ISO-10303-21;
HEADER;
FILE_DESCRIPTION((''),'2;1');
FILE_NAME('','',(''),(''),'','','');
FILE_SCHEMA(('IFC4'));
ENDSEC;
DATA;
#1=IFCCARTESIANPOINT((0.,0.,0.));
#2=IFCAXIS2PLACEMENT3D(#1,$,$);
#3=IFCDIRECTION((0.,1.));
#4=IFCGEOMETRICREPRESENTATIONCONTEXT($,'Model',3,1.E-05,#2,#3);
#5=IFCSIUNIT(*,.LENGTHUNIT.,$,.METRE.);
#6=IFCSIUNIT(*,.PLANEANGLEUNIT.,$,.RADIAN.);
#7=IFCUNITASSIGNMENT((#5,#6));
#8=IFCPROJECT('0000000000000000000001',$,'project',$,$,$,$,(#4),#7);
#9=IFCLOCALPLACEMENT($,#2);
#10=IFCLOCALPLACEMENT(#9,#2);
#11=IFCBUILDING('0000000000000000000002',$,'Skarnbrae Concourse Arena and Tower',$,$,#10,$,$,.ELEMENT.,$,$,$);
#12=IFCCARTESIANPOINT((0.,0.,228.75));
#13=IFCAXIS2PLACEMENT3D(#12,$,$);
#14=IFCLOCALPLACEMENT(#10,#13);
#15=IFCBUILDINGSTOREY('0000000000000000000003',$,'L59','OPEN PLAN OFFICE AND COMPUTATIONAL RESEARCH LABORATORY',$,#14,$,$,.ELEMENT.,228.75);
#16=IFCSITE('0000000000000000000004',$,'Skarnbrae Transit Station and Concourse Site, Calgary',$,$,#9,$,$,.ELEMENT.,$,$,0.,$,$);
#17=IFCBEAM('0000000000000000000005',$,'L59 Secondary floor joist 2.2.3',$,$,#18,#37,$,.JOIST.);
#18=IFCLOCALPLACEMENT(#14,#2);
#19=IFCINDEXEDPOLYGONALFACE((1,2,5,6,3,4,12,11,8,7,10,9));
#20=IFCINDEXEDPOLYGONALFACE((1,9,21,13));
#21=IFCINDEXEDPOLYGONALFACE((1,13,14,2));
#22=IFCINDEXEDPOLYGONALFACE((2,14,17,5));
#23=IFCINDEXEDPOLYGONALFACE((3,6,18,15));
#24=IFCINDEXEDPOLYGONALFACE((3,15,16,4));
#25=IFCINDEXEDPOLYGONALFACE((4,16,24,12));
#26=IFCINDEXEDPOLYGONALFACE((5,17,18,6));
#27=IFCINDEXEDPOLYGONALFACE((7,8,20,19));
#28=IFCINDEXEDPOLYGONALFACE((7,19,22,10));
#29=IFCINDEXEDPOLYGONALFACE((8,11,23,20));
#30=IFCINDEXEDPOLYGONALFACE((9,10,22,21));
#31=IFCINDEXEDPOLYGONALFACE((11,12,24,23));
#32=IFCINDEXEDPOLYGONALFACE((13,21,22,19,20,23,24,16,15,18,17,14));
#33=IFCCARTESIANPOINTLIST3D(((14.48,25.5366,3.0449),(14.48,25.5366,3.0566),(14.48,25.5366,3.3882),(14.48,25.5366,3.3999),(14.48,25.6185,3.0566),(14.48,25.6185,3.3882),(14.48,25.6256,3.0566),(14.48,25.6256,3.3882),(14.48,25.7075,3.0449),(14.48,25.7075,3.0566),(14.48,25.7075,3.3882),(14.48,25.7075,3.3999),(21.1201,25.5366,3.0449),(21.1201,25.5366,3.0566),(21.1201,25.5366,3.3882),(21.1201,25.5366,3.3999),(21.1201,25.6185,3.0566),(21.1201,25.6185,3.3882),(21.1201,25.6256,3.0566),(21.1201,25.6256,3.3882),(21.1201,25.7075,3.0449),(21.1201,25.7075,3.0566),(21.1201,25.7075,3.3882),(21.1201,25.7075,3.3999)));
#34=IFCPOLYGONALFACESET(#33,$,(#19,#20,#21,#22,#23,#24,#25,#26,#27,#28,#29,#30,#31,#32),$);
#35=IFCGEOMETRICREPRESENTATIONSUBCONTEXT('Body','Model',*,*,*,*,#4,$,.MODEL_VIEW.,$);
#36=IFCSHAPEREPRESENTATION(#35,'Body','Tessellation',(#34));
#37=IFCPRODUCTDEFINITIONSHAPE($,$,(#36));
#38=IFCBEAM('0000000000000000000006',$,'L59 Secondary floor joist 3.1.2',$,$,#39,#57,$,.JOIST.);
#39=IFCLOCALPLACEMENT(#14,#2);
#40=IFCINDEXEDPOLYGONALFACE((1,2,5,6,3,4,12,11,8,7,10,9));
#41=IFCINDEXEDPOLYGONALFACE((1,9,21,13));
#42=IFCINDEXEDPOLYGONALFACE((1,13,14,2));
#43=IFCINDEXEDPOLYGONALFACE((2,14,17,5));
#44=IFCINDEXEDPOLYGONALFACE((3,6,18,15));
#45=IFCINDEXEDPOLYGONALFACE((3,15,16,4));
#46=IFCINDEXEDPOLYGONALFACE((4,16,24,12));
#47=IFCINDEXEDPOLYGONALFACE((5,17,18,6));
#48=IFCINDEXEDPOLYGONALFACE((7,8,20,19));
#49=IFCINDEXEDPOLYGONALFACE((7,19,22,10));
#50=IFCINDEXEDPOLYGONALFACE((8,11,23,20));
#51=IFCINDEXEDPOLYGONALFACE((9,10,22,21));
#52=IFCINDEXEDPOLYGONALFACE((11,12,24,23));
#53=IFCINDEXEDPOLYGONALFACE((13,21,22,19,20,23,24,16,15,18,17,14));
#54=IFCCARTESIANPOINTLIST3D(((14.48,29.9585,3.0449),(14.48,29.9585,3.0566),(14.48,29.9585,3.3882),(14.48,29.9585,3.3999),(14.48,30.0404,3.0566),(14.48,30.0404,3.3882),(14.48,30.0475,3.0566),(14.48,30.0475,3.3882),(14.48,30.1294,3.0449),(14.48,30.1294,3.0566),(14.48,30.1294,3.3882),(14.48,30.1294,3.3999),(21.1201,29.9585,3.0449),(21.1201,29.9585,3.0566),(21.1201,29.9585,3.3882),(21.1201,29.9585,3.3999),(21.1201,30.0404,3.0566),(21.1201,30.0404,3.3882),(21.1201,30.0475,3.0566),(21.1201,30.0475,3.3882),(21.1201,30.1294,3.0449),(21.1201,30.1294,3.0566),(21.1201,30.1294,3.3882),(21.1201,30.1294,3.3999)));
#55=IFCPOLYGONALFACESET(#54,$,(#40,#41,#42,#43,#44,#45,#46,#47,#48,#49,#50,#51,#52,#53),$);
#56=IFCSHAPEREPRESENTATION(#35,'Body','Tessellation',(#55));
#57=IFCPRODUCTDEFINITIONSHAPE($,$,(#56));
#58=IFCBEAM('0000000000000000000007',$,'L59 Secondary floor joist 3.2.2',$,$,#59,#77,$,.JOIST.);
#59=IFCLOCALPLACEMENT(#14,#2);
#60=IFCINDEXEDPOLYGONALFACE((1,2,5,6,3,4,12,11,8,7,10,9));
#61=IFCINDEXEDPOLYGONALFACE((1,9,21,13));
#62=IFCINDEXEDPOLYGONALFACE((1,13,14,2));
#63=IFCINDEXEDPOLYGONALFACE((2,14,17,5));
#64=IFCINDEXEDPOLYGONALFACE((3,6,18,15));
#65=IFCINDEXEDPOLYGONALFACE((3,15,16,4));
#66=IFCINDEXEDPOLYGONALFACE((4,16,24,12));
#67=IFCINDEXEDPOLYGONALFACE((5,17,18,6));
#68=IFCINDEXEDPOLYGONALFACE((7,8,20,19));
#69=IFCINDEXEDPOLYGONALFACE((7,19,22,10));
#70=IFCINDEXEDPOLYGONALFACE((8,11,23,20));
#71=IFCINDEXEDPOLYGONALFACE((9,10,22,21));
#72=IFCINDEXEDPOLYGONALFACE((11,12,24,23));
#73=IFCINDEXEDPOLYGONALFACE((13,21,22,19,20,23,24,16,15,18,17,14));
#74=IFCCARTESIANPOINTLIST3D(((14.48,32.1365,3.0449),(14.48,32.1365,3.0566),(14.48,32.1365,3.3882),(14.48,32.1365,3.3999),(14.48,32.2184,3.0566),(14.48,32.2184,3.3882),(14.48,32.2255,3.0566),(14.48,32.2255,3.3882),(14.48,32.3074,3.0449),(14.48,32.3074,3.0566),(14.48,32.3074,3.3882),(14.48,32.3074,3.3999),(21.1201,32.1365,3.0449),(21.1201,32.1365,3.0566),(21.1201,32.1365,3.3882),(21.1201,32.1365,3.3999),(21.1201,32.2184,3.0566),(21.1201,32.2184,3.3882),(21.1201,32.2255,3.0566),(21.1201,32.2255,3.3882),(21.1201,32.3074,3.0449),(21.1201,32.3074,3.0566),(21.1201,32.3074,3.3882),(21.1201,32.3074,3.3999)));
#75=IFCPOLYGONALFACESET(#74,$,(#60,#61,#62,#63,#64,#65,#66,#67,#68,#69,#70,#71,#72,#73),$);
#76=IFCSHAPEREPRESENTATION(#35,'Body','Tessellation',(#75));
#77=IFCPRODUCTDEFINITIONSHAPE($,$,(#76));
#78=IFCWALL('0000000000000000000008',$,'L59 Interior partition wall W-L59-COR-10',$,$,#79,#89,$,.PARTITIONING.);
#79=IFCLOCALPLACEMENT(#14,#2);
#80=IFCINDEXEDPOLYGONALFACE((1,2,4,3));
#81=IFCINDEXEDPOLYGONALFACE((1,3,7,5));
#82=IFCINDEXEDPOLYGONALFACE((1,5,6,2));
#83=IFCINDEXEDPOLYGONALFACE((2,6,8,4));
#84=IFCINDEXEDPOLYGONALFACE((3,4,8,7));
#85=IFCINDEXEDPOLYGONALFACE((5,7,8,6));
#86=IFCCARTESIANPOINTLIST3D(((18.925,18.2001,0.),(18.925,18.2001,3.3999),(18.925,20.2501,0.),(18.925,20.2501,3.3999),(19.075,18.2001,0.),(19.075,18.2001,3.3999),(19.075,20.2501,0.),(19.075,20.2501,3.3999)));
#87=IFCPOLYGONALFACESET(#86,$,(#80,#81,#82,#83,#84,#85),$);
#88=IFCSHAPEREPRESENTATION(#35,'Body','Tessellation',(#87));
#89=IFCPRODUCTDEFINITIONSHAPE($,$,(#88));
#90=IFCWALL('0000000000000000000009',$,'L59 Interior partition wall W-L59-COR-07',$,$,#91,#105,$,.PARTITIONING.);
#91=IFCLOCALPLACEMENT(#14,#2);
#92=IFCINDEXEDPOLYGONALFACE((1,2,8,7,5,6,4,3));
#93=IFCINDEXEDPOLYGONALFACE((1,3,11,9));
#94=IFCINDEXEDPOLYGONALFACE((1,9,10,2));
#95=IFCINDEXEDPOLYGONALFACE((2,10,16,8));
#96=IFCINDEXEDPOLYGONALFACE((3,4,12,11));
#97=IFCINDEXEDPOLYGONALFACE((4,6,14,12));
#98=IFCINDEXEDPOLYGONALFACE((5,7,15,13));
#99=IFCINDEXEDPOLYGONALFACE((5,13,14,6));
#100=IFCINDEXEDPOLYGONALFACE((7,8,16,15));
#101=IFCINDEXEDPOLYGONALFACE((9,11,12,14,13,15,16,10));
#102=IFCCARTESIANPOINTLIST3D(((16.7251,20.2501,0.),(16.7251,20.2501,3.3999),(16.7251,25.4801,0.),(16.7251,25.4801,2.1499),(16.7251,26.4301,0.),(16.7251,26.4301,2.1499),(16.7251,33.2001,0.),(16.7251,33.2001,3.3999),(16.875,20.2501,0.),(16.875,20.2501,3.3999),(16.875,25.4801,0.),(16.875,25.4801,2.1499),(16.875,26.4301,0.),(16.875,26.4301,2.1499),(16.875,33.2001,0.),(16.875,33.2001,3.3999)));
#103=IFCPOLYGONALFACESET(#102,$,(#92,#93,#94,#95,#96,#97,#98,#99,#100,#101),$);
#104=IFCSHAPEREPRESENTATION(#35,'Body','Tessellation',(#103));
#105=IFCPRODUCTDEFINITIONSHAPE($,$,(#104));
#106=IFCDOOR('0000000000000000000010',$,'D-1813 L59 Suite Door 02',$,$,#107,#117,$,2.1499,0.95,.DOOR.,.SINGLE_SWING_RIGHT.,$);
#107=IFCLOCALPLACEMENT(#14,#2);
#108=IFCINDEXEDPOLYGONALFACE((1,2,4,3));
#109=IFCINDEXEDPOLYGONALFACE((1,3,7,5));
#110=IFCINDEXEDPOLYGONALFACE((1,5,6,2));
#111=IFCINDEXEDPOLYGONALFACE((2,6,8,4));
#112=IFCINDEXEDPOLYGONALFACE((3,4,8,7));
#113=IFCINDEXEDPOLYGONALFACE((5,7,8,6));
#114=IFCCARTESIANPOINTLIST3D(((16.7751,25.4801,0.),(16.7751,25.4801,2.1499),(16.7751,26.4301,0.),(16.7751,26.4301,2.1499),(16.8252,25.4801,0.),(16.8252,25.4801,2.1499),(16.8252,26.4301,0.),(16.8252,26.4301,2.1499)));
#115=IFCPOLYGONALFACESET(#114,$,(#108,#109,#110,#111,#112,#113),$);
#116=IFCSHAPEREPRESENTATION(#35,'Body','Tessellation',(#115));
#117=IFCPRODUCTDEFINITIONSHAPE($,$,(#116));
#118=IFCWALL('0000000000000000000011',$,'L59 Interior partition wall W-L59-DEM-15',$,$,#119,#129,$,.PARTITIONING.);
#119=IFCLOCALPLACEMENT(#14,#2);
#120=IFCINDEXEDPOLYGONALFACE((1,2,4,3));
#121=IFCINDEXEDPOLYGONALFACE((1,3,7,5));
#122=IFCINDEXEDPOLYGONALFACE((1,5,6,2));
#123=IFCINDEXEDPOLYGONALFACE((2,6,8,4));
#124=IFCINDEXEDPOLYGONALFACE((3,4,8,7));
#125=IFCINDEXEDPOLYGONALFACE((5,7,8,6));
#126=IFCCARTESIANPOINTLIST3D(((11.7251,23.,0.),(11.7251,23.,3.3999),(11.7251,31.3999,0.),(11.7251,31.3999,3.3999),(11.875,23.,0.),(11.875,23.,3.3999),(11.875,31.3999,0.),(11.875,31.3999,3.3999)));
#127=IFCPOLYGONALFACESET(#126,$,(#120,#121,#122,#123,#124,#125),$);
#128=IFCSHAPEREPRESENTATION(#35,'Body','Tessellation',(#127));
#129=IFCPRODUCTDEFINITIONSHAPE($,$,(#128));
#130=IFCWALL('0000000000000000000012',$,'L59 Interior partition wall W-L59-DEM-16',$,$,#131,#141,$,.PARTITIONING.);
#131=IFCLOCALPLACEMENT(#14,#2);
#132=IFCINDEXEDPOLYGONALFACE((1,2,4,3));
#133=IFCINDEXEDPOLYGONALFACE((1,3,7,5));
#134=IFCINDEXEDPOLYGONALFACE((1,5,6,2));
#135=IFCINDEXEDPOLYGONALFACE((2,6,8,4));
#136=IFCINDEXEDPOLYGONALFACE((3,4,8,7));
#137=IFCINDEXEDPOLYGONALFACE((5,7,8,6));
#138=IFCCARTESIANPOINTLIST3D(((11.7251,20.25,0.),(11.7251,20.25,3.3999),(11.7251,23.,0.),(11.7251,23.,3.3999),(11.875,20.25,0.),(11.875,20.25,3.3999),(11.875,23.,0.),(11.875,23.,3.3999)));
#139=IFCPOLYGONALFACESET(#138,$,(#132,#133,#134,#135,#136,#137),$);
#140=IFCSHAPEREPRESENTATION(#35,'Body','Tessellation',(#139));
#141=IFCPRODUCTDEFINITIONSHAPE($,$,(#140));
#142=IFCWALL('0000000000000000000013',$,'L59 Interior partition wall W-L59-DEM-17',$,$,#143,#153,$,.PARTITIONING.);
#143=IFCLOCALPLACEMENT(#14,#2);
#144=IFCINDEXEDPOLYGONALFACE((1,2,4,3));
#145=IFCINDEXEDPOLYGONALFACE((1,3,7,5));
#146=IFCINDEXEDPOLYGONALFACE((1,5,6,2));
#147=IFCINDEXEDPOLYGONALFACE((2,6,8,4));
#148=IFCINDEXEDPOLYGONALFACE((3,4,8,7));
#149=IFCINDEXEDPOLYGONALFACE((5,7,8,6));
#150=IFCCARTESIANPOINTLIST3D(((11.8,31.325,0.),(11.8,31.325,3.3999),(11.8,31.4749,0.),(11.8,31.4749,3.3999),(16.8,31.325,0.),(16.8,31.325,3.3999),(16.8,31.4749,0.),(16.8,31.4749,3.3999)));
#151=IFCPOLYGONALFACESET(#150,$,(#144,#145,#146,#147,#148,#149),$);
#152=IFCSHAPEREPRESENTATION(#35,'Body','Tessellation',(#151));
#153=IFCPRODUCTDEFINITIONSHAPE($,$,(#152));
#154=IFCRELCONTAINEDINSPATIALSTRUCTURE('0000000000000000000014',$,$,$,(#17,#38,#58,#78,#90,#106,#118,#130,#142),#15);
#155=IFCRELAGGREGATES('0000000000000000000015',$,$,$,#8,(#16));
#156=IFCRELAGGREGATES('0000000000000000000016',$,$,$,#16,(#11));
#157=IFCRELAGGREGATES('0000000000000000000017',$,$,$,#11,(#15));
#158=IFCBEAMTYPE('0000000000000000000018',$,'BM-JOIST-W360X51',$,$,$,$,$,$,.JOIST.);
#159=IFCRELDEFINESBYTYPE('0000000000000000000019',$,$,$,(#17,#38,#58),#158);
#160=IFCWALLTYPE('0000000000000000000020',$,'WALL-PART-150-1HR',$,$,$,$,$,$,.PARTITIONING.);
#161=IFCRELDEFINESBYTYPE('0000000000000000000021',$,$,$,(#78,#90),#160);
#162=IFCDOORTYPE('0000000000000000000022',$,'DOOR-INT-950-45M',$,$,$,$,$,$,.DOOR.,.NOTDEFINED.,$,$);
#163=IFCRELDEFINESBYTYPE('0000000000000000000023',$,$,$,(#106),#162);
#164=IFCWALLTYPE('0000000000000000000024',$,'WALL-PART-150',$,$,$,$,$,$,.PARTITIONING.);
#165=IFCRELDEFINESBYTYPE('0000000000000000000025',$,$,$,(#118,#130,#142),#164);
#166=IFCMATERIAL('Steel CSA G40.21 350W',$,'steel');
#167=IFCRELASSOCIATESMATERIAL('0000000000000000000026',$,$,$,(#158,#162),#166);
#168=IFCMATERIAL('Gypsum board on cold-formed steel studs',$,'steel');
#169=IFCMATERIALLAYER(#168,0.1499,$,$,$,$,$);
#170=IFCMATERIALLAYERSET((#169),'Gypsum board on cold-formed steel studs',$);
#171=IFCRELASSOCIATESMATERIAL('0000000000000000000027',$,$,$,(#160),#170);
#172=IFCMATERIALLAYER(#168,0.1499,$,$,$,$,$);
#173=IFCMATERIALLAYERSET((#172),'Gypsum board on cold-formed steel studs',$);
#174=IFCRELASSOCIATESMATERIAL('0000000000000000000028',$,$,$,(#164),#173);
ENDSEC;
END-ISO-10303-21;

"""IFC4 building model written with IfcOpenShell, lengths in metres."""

from ifc_helpers import new_model, si_unit, direction, frame, frame_2d, origin, origin_2d, place, context, subcontext, project, spatial, rectangle, i_section, extrude, source, transform, mapped, material, layer, layer_set, material_profile, profile_set, type_object, element, fill, save


model = new_model("IFC4")

# Units and contexts
model_context = context("Model", 3, precision=1e-05, world=origin(), true_north=direction((0.0, 1.0)))
body_context = subcontext(model_context, "Body", "Model", "MODEL_VIEW")
ifc_project = project(units=[si_unit("LENGTHUNIT", "METRE"), si_unit("PLANEANGLEUNIT", "RADIAN")], contexts=[model_context])

# Site, building, storey
site_placement = place(None, origin())
site = spatial("IfcSite", under=ifc_project, at=site_placement, Name="Skarnbrae Transit Station and Concourse Site, Calgary", CompositionType="ELEMENT", RefElevation=0.0)
building_placement = place(site_placement, origin())
building = spatial("IfcBuilding", under=site, at=building_placement, Name="Skarnbrae Concourse Arena and Tower", CompositionType="ELEMENT")
storey_placement = place(building_placement, frame((0.0, 0.0, 228.75)))
storey = spatial("IfcBuildingStorey", under=building, at=storey_placement, Name="L59", Description="OPEN PLAN OFFICE AND COMPUTATIONAL RESEARCH LABORATORY", CompositionType="ELEMENT", Elevation=228.75)

# Shared definitions
ifc_material_1 = material(Name="Steel CSA G40.21 350W", Category="steel")

# Beams
ifc_material_profile_1 = material_profile(ifc_material_1, i_section(OverallWidth=0.1709, OverallDepth=0.355, WebThickness=0.0071, FlangeThickness=0.0117, at=origin_2d()), Name="W360X51")
ifc_profile_set_1 = profile_set([ifc_material_profile_1], Name="Steel CSA G40.21 350W")
beam_type_1 = type_object("IfcBeamType", Name="BM-JOIST-W360X51", PredefinedType="JOIST", material=ifc_profile_set_1)
shared_shape_1 = source(origin(), body_context, "Body", "SweptSolid", [
    extrude(i_section(OverallWidth=0.1709, OverallDepth=0.355, WebThickness=0.0071, FlangeThickness=0.0117, at=origin_2d()), origin(), (0.0, 0.0, 1.0), 6.6401),
])
for number, where, z_axis, x_axis, name in (
    (1, (14.48, 25.6221, 3.2224), (1.0, 0.0, 0.0), (0.0, 1.0, 0.0), "L59 Secondary floor joist 2.2.3"),
    (2, (14.48, 30.0439, 3.2224), (1.0, 0.0, 0.0), (0.0, 1.0, 0.0), "L59 Secondary floor joist 3.1.2"),
    (3, (14.48, 32.2219, 3.2224), (1.0, 0.0, 0.0), (0.0, 1.0, 0.0), "L59 Secondary floor joist 3.2.2"),
):
    element("IfcBeam", number, at=place(storey_placement, frame(where, z_axis=z_axis, x_axis=x_axis)), inside=storey, type_object=beam_type_1, Name=name, PredefinedType="JOIST", context=body_context, shape_type="MappedRepresentation", body=[
        mapped(shared_shape_1, transform((0.0, 0.0, 0.0))),
    ])

# Wall
ifc_material_2 = material(Name="Gypsum board on cold-formed steel studs", Category="steel")
ifc_layer_1 = layer(ifc_material_2, 0.1499)
ifc_layer_set_1 = layer_set([ifc_layer_1], Name="Gypsum board on cold-formed steel studs")
wall_type_1 = type_object("IfcWallType", Name="WALL-PART-150-1HR", PredefinedType="PARTITIONING", material=ifc_layer_set_1)
shared_shape_2 = source(origin(), body_context, "Body", "SweptSolid", [
    extrude(rectangle(XDim=2.05, YDim=0.1499, at=frame_2d((1.0249, 0.0))), origin(), (0.0, 0.0, 1.0), 3.3999),
])
wall_1_placement = place(storey_placement, frame((19.0, 20.25, 0.0), z_axis=(0.0, 0.0, 1.0), x_axis=(0.0, -1.0, 0.0)))
element("IfcWall", 4, at=wall_1_placement, inside=storey, type_object=wall_type_1, Name="L59 Interior partition wall W-L59-COR-10", PredefinedType="PARTITIONING", context=body_context, shape_type="MappedRepresentation", body=[
    mapped(shared_shape_2, transform((0.0, 0.0, 0.0))),
])

# Wall, opening, door
door_type = type_object("IfcDoorType", Name="DOOR-INT-950-45M", OperationType="NOTDEFINED", PredefinedType="DOOR", material=ifc_material_1)
shared_shape_3 = source(origin(), body_context, "Body", "SweptSolid", [
    extrude(rectangle(XDim=0.95, YDim=2.1499, at=frame_2d((0.4751, 1.075))), frame((0.0, 0.0249, 0.0), z_axis=(0.0, -1.0, 0.0), x_axis=(1.0, 0.0, 0.0)), (0.0, 0.0, 1.0), 0.05),
])
shared_shape_4 = source(origin(), body_context, "Body", "SweptSolid", [
    extrude(rectangle(XDim=12.95, YDim=0.1499, at=frame_2d((6.4751, 0.0))), origin(), (0.0, 0.0, 1.0), 3.3999),
])
wall_2_placement = place(storey_placement, frame((16.8, 20.25, 0.0), z_axis=(0.0, 0.0, 1.0), x_axis=(0.0, 1.0, 0.0)))
wall_2 = element("IfcWall", 5, at=wall_2_placement, inside=storey, type_object=wall_type_1, Name="L59 Interior partition wall W-L59-COR-07", PredefinedType="PARTITIONING", context=body_context, shape_type="MappedRepresentation", body=[
    mapped(shared_shape_4, transform((0.0, 0.0, 0.0))),
])
opening_1_placement = place(wall_2_placement, frame((5.23, 0.0, 0.0)))
opening_1 = element("IfcOpeningElement", 6, at=opening_1_placement, cuts=wall_2, PredefinedType="OPENING", context=body_context, shape_type="SweptSolid", body=[
    extrude(rectangle(XDim=0.95, YDim=2.1499, at=frame_2d((0.4751, 1.075))), frame((0.0, 0.085, 0.0), z_axis=(0.0, -1.0, 0.0), x_axis=(1.0, 0.0, 0.0)), (0.0, 0.0, 1.0), 0.1699),
])
door_1_placement = place(opening_1_placement, origin())
door_1 = element("IfcDoor", 7, at=door_1_placement, inside=storey, type_object=door_type, Name="D-1813 L59 Suite Door 02", OperationType="SINGLE_SWING_RIGHT", OverallHeight=2.1499, OverallWidth=0.95, PredefinedType="DOOR", context=body_context, shape_type="MappedRepresentation", body=[
    mapped(shared_shape_3, transform((0.0, 0.0, 0.0))),
])
fill(opening_1, door_1)

# Walls
ifc_layer_2 = layer(ifc_material_2, 0.1499)
ifc_layer_set_2 = layer_set([ifc_layer_2], Name="Gypsum board on cold-formed steel studs")
wall_type_2 = type_object("IfcWallType", Name="WALL-PART-150", PredefinedType="PARTITIONING", material=ifc_layer_set_2)
shared_shape_5 = source(origin(), body_context, "Body", "SweptSolid", [
    extrude(rectangle(XDim=8.3999, YDim=0.1499, at=frame_2d((4.2, 0.0))), origin(), (0.0, 0.0, 1.0), 3.3999),
])
wall_3_placement = place(storey_placement, frame((11.8, 31.3999, 0.0), z_axis=(0.0, 0.0, 1.0), x_axis=(0.0, -1.0, 0.0)))
element("IfcWall", 8, at=wall_3_placement, inside=storey, type_object=wall_type_2, Name="L59 Interior partition wall W-L59-DEM-15", PredefinedType="PARTITIONING", context=body_context, shape_type="MappedRepresentation", body=[
    mapped(shared_shape_5, transform((0.0, 0.0, 0.0))),
])
shared_shape_6 = source(origin(), body_context, "Body", "SweptSolid", [
    extrude(rectangle(XDim=2.75, YDim=0.1499, at=frame_2d((1.375, 0.0))), origin(), (0.0, 0.0, 1.0), 3.3999),
])
wall_4_placement = place(storey_placement, frame((11.8, 23.0, 0.0), z_axis=(0.0, 0.0, 1.0), x_axis=(0.0, -1.0, 0.0)))
element("IfcWall", 9, at=wall_4_placement, inside=storey, type_object=wall_type_2, Name="L59 Interior partition wall W-L59-DEM-16", PredefinedType="PARTITIONING", context=body_context, shape_type="MappedRepresentation", body=[
    mapped(shared_shape_6, transform((0.0, 0.0, 0.0))),
])
shared_shape_7 = source(origin(), body_context, "Body", "SweptSolid", [
    extrude(rectangle(XDim=5.0, YDim=0.1499, at=frame_2d((2.5, 0.0))), origin(), (0.0, 0.0, 1.0), 3.3999),
])
wall_5_placement = place(storey_placement, frame((11.8, 31.3999, 0.0), z_axis=(0.0, 0.0, 1.0), x_axis=(1.0, 0.0, 0.0)))
element("IfcWall", 10, at=wall_5_placement, inside=storey, type_object=wall_type_2, Name="L59 Interior partition wall W-L59-DEM-17", PredefinedType="PARTITIONING", context=body_context, shape_type="MappedRepresentation", body=[
    mapped(shared_shape_7, transform((0.0, 0.0, 0.0))),
])

save(model, "model.ifc")
